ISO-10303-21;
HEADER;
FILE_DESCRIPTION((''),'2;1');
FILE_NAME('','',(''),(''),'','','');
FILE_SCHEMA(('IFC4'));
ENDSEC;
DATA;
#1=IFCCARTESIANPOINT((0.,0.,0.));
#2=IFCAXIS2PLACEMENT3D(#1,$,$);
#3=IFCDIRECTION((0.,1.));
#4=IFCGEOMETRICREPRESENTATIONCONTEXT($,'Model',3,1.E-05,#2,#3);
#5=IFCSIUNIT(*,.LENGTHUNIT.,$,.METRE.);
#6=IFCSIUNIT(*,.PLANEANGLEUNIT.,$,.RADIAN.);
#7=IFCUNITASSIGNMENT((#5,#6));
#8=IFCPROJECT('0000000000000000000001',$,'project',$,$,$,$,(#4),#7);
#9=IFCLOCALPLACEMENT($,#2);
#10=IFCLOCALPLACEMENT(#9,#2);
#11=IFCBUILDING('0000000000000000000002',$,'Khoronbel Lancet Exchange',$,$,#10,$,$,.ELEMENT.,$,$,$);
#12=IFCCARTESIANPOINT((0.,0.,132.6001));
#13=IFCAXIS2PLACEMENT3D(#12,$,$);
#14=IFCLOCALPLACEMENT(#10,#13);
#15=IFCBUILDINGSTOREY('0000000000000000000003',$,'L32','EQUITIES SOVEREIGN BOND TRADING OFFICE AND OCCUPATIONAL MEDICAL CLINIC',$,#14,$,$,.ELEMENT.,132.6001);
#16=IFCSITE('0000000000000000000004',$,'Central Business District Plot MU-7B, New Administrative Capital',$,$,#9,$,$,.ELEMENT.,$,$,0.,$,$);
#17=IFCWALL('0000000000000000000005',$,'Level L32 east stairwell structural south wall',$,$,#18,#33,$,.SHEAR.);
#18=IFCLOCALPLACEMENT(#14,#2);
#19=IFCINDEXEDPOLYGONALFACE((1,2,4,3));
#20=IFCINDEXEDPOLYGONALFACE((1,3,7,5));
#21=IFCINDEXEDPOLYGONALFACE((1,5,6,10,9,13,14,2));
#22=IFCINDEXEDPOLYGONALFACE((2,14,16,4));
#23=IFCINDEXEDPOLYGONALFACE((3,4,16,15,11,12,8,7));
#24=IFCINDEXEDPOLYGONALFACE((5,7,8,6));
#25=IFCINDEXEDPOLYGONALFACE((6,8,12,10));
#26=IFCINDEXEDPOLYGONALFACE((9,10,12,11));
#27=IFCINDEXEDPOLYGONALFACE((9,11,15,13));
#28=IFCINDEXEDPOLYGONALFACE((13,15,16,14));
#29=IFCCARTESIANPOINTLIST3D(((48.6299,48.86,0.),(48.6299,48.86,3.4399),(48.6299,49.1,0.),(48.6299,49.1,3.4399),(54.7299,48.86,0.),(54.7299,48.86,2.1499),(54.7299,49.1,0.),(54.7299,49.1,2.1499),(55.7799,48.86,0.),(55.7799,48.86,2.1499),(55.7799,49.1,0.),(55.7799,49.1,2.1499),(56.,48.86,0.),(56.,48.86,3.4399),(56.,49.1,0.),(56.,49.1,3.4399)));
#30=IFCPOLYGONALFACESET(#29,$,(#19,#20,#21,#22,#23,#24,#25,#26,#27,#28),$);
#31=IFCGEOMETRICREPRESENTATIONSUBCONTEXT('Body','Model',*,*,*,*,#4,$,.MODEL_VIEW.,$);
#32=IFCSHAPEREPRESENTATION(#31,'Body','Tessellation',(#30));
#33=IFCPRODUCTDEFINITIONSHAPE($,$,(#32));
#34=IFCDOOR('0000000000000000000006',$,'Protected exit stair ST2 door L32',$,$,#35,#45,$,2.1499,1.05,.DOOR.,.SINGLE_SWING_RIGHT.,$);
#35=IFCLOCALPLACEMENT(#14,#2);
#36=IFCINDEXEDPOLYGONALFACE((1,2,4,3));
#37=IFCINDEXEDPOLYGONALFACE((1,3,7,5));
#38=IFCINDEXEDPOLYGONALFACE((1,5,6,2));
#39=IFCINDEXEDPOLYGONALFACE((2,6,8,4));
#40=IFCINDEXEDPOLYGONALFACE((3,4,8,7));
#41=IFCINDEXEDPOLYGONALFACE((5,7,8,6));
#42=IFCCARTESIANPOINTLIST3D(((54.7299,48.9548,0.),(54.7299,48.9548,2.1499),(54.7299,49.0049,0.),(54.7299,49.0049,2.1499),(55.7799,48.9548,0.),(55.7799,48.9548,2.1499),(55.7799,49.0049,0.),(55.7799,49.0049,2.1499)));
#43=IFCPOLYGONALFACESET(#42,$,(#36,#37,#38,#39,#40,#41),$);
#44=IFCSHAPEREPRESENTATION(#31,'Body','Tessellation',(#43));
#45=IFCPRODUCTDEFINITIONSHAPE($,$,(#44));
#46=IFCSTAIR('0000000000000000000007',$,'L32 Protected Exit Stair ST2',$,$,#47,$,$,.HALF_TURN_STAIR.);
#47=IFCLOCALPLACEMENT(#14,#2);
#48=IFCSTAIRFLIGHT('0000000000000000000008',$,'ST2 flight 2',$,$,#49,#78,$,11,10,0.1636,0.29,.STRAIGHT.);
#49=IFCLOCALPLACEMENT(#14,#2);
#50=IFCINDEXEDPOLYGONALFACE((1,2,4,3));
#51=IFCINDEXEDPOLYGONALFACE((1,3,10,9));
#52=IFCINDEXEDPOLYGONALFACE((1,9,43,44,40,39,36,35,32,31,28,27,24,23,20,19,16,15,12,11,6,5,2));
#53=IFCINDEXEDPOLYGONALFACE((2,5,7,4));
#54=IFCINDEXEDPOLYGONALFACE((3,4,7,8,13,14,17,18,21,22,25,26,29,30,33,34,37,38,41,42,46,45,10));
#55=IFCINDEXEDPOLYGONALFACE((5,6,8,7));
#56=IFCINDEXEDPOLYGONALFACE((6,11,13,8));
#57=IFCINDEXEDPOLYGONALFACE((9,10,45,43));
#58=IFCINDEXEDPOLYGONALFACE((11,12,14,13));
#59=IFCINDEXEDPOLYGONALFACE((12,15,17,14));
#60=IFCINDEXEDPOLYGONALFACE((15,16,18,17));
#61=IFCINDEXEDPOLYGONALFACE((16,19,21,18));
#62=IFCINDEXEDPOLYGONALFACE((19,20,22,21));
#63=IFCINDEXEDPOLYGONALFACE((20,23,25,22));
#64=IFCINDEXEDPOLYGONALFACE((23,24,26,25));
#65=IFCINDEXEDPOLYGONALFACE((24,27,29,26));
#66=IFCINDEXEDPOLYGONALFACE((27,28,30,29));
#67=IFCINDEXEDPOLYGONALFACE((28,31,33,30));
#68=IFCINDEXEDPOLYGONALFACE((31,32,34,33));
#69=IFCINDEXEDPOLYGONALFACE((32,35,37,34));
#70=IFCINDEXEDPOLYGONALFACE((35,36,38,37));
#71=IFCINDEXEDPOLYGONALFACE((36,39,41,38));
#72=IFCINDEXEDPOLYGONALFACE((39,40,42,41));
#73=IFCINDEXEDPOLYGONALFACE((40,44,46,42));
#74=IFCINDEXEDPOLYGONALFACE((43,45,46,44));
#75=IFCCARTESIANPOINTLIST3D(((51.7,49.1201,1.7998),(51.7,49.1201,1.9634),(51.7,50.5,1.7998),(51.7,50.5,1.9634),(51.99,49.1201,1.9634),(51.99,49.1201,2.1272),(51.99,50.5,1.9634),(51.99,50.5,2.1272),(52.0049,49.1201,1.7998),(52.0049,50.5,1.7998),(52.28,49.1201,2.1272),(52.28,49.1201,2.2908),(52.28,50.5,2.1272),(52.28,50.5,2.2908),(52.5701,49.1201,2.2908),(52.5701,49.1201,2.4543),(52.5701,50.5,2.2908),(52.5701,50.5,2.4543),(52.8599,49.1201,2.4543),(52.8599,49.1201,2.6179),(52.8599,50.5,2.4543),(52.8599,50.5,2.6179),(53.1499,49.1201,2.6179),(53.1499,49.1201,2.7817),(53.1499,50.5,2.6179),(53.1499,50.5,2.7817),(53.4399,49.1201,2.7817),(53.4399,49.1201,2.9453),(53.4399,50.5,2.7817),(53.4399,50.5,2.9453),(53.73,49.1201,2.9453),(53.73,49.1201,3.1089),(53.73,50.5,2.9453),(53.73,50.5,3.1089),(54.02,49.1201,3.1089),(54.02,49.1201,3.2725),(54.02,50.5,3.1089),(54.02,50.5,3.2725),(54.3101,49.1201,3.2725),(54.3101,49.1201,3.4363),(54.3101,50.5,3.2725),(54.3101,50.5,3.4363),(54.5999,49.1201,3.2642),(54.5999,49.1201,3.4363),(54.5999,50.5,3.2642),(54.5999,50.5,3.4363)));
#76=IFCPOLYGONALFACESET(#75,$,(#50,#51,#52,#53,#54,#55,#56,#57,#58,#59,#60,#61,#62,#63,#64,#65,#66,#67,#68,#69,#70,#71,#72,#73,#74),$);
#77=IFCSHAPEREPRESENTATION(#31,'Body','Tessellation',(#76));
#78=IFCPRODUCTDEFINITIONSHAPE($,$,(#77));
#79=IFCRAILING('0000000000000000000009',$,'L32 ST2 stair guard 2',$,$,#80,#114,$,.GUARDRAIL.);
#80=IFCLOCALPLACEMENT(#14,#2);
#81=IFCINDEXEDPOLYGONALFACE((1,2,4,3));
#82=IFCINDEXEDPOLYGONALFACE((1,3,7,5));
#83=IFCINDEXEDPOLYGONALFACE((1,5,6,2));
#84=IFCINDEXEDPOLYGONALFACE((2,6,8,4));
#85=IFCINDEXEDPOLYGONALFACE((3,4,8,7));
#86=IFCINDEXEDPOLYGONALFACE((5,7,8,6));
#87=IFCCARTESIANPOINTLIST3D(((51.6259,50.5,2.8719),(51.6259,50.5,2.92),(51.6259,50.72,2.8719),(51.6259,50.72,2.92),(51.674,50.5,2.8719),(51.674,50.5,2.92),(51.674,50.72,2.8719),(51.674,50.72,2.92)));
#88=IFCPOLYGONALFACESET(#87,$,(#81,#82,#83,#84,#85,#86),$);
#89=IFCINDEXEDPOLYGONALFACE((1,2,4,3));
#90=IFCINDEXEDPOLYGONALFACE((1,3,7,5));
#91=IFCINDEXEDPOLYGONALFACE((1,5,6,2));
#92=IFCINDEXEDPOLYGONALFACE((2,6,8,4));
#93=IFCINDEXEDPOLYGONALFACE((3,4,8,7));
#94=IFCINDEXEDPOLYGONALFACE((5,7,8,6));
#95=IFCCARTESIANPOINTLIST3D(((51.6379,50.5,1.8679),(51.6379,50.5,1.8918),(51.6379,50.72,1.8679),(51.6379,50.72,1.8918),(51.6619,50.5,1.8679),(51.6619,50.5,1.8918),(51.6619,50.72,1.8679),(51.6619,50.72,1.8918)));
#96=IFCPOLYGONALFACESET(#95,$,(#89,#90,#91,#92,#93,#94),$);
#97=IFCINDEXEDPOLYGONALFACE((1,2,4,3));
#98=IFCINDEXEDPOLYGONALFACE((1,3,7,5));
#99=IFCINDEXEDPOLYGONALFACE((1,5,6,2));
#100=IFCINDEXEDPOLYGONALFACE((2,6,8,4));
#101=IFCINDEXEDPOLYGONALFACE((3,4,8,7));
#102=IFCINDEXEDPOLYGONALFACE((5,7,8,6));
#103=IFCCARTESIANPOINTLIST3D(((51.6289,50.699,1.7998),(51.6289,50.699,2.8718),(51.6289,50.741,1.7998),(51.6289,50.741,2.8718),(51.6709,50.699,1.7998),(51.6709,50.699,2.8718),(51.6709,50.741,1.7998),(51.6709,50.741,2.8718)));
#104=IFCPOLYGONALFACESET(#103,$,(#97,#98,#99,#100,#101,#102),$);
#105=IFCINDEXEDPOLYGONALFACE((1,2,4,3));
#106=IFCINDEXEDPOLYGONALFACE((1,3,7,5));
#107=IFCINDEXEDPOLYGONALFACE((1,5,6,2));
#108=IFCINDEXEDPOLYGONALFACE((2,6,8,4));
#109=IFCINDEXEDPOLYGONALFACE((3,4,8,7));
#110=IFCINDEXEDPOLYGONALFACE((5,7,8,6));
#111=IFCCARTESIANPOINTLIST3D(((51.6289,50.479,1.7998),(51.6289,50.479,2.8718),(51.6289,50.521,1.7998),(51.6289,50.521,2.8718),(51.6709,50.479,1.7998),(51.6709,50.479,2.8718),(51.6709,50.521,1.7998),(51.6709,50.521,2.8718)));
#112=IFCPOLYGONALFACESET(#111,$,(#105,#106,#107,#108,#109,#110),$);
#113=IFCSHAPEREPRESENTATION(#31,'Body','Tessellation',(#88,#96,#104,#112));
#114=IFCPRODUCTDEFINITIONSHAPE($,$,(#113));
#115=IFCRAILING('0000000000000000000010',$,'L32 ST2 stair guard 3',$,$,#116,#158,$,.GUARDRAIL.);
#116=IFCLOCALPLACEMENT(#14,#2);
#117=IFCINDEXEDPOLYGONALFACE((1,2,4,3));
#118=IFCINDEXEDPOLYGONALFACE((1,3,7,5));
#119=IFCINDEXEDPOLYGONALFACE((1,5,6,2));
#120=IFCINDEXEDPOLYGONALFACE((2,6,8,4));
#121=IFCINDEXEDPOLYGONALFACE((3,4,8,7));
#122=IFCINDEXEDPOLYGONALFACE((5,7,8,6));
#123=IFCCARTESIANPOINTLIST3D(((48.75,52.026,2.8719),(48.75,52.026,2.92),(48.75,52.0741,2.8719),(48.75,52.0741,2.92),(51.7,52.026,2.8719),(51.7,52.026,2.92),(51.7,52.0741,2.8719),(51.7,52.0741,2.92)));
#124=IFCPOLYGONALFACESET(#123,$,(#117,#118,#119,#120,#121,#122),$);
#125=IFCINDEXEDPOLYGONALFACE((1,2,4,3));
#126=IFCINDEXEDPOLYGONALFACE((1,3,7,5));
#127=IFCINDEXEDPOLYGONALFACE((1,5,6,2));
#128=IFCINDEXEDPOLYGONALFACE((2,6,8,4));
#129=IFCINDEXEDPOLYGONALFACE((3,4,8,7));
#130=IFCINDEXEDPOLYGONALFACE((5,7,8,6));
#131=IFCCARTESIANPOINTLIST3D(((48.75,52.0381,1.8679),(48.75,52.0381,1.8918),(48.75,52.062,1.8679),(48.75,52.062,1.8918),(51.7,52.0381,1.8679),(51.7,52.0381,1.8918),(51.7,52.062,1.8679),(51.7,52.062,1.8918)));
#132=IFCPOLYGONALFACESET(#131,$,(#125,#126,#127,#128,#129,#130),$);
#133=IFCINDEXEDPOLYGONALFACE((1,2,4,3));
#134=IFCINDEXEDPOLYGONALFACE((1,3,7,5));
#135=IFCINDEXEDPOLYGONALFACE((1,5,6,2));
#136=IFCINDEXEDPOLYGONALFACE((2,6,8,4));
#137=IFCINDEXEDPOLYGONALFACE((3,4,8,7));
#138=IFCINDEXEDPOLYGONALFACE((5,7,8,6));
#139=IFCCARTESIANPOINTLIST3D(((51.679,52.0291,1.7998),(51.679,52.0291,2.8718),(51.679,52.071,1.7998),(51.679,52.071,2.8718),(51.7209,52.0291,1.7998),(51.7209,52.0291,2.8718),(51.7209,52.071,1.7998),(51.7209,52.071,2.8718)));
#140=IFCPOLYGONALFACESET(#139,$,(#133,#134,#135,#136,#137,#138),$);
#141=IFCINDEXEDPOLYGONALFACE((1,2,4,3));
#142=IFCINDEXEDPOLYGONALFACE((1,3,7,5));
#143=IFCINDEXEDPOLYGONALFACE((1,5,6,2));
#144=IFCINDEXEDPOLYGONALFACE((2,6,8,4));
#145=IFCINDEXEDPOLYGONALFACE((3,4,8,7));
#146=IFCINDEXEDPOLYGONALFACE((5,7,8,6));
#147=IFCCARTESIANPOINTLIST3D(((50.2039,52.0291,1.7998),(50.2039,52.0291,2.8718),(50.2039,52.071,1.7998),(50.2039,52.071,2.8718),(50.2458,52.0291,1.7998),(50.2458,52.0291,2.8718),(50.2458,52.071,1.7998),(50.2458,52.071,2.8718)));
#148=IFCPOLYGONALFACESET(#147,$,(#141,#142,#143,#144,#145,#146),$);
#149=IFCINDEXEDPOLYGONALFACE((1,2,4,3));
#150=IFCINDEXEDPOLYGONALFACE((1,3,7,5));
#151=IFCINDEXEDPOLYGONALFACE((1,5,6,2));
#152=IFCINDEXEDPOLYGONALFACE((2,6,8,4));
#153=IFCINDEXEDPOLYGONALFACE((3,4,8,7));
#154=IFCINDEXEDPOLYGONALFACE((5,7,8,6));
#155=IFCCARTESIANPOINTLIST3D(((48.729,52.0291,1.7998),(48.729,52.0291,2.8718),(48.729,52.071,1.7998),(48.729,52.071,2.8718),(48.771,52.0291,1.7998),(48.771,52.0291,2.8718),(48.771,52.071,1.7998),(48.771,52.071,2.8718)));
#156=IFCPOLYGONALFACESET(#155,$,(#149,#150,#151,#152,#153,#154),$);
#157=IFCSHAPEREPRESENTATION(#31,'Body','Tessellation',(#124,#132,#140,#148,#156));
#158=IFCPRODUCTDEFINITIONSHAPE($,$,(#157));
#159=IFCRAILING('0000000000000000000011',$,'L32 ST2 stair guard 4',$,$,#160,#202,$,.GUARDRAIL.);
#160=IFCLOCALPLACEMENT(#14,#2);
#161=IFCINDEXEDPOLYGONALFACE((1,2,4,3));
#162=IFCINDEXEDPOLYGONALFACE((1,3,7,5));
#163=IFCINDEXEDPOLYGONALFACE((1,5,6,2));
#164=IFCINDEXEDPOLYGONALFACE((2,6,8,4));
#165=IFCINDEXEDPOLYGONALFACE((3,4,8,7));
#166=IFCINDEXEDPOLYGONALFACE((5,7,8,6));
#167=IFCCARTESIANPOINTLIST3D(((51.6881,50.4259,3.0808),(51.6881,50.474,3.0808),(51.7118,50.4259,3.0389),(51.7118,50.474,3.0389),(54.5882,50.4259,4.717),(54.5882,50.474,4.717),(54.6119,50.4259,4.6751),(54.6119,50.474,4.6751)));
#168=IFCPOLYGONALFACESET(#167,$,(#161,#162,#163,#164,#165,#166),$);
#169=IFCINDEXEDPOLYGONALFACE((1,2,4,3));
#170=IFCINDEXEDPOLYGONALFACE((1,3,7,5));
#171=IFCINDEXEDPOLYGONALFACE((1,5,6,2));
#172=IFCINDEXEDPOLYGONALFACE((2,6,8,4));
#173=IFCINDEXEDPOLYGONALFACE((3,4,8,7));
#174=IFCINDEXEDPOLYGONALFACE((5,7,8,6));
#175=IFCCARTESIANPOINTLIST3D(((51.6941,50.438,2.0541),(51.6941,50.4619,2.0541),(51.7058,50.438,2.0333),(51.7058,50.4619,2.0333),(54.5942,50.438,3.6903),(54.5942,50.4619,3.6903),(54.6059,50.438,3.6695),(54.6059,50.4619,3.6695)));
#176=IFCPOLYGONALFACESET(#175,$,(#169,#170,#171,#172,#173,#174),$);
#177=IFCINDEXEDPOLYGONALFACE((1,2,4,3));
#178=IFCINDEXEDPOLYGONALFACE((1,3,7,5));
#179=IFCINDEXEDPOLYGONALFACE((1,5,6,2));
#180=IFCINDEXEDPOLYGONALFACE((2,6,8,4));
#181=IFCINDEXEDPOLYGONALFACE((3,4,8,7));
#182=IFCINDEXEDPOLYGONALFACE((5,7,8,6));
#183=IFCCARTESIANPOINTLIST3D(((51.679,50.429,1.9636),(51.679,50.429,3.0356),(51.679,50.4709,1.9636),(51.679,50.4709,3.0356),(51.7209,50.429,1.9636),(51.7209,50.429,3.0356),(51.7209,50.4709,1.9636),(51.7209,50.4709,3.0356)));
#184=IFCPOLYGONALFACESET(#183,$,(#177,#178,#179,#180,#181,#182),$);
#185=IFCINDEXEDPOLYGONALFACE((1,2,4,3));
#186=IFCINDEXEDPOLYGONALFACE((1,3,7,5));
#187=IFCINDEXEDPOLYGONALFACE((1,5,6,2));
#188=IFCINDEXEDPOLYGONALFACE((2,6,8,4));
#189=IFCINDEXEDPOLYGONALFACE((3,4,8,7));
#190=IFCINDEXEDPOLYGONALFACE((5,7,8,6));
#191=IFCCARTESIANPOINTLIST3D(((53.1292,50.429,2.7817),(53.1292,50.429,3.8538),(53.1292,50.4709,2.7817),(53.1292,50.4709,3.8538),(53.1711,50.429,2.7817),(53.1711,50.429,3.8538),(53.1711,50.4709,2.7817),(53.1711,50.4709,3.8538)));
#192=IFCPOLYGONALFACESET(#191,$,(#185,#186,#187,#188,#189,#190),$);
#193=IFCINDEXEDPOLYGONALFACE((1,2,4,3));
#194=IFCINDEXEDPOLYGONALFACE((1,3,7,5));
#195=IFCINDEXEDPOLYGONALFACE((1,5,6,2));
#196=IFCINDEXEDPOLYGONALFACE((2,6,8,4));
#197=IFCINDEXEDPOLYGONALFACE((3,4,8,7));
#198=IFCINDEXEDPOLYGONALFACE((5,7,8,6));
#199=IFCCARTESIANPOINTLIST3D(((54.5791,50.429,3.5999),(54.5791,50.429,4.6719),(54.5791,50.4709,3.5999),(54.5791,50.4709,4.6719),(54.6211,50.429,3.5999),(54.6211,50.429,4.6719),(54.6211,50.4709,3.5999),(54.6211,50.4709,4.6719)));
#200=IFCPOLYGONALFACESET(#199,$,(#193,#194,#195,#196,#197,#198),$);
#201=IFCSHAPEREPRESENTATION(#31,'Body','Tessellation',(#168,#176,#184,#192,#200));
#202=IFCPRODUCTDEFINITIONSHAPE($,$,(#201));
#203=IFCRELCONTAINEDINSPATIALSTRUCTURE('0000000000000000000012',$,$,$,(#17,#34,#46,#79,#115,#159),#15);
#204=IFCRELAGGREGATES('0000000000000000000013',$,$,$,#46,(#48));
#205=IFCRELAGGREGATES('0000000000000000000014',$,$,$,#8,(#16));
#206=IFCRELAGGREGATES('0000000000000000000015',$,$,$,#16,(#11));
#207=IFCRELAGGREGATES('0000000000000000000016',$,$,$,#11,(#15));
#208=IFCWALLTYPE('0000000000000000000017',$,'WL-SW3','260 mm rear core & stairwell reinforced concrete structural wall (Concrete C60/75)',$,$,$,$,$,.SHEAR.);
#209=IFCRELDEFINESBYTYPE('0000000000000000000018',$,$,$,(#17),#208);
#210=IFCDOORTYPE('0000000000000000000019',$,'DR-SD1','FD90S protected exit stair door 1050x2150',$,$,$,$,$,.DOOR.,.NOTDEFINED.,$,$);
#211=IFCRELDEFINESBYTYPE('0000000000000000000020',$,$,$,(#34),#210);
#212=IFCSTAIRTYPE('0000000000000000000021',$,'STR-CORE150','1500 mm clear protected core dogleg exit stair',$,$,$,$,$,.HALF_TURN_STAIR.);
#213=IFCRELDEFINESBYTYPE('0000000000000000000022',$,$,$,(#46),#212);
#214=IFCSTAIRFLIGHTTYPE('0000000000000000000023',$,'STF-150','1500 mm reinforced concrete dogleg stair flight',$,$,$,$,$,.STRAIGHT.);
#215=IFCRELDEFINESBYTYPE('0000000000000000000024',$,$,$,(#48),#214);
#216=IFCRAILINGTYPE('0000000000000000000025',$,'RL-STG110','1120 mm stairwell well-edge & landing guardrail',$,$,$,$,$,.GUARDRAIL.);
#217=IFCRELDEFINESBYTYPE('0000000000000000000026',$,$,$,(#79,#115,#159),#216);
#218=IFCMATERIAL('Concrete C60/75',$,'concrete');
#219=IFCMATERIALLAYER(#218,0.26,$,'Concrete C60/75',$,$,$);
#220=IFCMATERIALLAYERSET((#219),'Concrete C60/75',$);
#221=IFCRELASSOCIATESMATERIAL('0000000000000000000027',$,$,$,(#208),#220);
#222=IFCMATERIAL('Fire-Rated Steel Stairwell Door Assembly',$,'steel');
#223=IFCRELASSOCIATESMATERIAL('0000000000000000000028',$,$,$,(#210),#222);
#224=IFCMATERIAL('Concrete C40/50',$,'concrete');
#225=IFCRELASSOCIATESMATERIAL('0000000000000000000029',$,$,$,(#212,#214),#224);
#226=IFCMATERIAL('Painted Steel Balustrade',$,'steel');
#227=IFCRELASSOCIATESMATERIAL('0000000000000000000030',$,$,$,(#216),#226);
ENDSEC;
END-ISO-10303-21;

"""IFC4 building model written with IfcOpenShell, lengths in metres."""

from ifc_helpers import new_model, si_unit, direction, frame, frame_2d, origin, origin_2d, place, context, subcontext, project, spatial, polyline, rectangle, outline, extrude, material, layer, layer_set, type_object, element, fill, aggregate, save


model = new_model("IFC4")

# Units and contexts
model_context = context("Model", 3, precision=1e-05, world=origin(), true_north=direction((0.0, 1.0)))
body_context = subcontext(model_context, "Body", "Model", "MODEL_VIEW")
ifc_project = project(units=[si_unit("LENGTHUNIT", "METRE"), si_unit("PLANEANGLEUNIT", "RADIAN")], contexts=[model_context])

# Site, building, storey
site_placement = place(None, origin())
site = spatial("IfcSite", under=ifc_project, at=site_placement, Name="Central Business District Plot MU-7B, New Administrative Capital", CompositionType="ELEMENT", RefElevation=0.0)
building_placement = place(site_placement, origin())
building = spatial("IfcBuilding", under=site, at=building_placement, Name="Khoronbel Lancet Exchange", CompositionType="ELEMENT")
storey_placement = place(building_placement, frame((0.0, 0.0, 132.6001)))
storey = spatial("IfcBuildingStorey", under=building, at=storey_placement, Name="L32", Description="EQUITIES SOVEREIGN BOND TRADING OFFICE AND OCCUPATIONAL MEDICAL CLINIC", CompositionType="ELEMENT", Elevation=132.6001)

# Wall, opening, door
ifc_material_1 = material(Name="Concrete C60/75", Category="concrete")
ifc_layer_1 = layer(ifc_material_1, 0.26, Name="Concrete C60/75")
ifc_layer_set_1 = layer_set([ifc_layer_1], Name="Concrete C60/75")
wall_type_1 = type_object("IfcWallType", Name="WL-SW3", Description="260 mm rear core & stairwell reinforced concrete structural wall (Concrete C60/75)", PredefinedType="SHEAR", material=ifc_layer_set_1)
wall_1_placement = place(storey_placement, frame((48.6299, 48.98, 0.0), z_axis=(0.0, 0.0, 1.0), x_axis=(1.0, 0.0, 0.0)))
wall_1 = element("IfcWall", 1, at=wall_1_placement, inside=storey, type_object=wall_type_1, Name="Level L32 east stairwell structural south wall", PredefinedType="SHEAR", context=body_context, shape_type="SweptSolid", body=[
    extrude(rectangle(XDim=7.3701, YDim=0.24, at=frame_2d((3.6851, 0.0))), origin(), (0.0, 0.0, 1.0), 3.4399),
])
opening_1_placement = place(wall_1_placement, frame((6.1001, 0.0, 0.0)))
opening_1 = element("IfcOpeningElement", 2, at=opening_1_placement, cuts=wall_1, PredefinedType="OPENING", context=body_context, shape_type="SweptSolid", body=[
    extrude(rectangle(XDim=1.05, YDim=2.1499, at=frame_2d((0.5249, 1.075))), frame((0.0, 0.1299, 0.0), z_axis=(0.0, -1.0, 0.0), x_axis=(1.0, 0.0, 0.0)), (0.0, 0.0, 1.0), 0.26),
])
ifc_material_2 = material(Name="Fire-Rated Steel Stairwell Door Assembly", Category="steel")
door_type_1 = type_object("IfcDoorType", Name="DR-SD1", Description="FD90S protected exit stair door 1050x2150", OperationType="NOTDEFINED", PredefinedType="DOOR", material=ifc_material_2)
door_1_placement = place(opening_1_placement, origin())
door_1 = element("IfcDoor", 3, at=door_1_placement, inside=storey, type_object=door_type_1, Name="Protected exit stair ST2 door L32", OperationType="SINGLE_SWING_RIGHT", OverallHeight=2.1499, OverallWidth=1.05, PredefinedType="DOOR", context=body_context, shape_type="SweptSolid", body=[
    extrude(rectangle(XDim=1.05, YDim=2.1499, at=frame_2d((0.5249, 1.075))), frame((0.0, 0.0249, 0.0), z_axis=(0.0, -1.0, 0.0), x_axis=(1.0, 0.0, 0.0)), (0.0, 0.0, 1.0), 0.05),
])
fill(opening_1, door_1)

# Stair, stair flight
ifc_material_3 = material(Name="Concrete C40/50", Category="concrete")
stair_type = type_object("IfcStairType", Name="STR-CORE150", Description="1500 mm clear protected core dogleg exit stair", PredefinedType="HALF_TURN_STAIR", material=ifc_material_3)
stair_placement = place(storey_placement, origin())
stair = element("IfcStair", 4, at=stair_placement, inside=storey, type_object=stair_type, Name="L32 Protected Exit Stair ST2", PredefinedType="HALF_TURN_STAIR")
stair_flight_type = type_object("IfcStairFlightType", Name="STF-150", Description="1500 mm reinforced concrete dogleg stair flight", PredefinedType="STRAIGHT", material=ifc_material_3)
stair_flight_placement = place(storey_placement, frame((51.7, 49.8101, 1.7998), z_axis=(0.0, 0.0, 1.0), x_axis=(1.0, 0.0, 0.0)))
stair_flight = element("IfcStairFlight", 5, at=stair_flight_placement, type_object=stair_flight_type, Name="ST2 flight 2", NumberOfRisers=11, NumberOfTreads=10, PredefinedType="STRAIGHT", RiserHeight=0.1636, TreadLength=0.29, context=body_context, shape_type="SweptSolid", body=[
    extrude(outline(polyline([(0.0, 0.0), (0.0, 0.1636), (0.29, 0.1636), (0.29, 0.3274), (0.5801, 0.3274), (0.5801, 0.491), (0.8701, 0.491), (0.8701, 0.6545), (1.1599, 0.6545), (1.1599, 0.8181), (1.45, 0.8181), (1.45, 0.9819), (1.74, 0.9819), (1.74, 1.1455), (2.03, 1.1455), (2.03, 1.3091), (2.3201, 1.3091), (2.3201, 1.4727), (2.6101, 1.4727), (2.6101, 1.6365), (2.8999, 1.6365), (2.8999, 1.8), (2.8999, 1.4644), (0.3049, 0.0), (0.0, 0.0)])), frame((0.0, 0.6899, 0.0), z_axis=(0.0, -1.0, 0.0), x_axis=(1.0, 0.0, 0.0)), (0.0, 0.0, 1.0), 1.3799),
])
aggregate(stair, [stair_flight])

# Railings
ifc_material_4 = material(Name="Painted Steel Balustrade", Category="steel")
railing_type_1 = type_object("IfcRailingType", Name="RL-STG110", Description="1120 mm stairwell well-edge & landing guardrail", PredefinedType="GUARDRAIL", material=ifc_material_4)
railing_1_placement = place(storey_placement, frame((51.6499, 50.72, 1.7998)))
element("IfcRailing", 6, at=railing_1_placement, inside=storey, type_object=railing_type_1, Name="L32 ST2 stair guard 2", PredefinedType="GUARDRAIL", context=body_context, shape_type="SweptSolid", body=[
    extrude(rectangle(XDim=0.0481, YDim=0.0481, at=origin_2d()), frame((0.0, 0.0, 1.0962), z_axis=(0.0, -1.0, 0.0), x_axis=(1.0, 0.0, 0.0)), (0.0, 0.0, 1.0), 0.22),
    extrude(rectangle(XDim=0.0239, YDim=0.0239, at=origin_2d()), frame((0.0, 0.0, 0.0801), z_axis=(0.0, -1.0, 0.0), x_axis=(1.0, 0.0, 0.0)), (0.0, 0.0, 1.0), 0.22),
    extrude(rectangle(XDim=0.042, YDim=0.042, at=origin_2d()), origin(), (0.0, 0.0, 1.0), 1.072),
    extrude(rectangle(XDim=0.042, YDim=0.042, at=origin_2d()), frame((0.0, -0.22, 0.0)), (0.0, 0.0, 1.0), 1.072),
])
railing_2_placement = place(storey_placement, frame((51.7, 52.05, 1.7998)))
element("IfcRailing", 7, at=railing_2_placement, inside=storey, type_object=railing_type_1, Name="L32 ST2 stair guard 3", PredefinedType="GUARDRAIL", context=body_context, shape_type="SweptSolid", body=[
    extrude(rectangle(XDim=0.0481, YDim=0.0481, at=origin_2d()), frame((0.0, 0.0, 1.0962), z_axis=(-1.0, 0.0, 0.0), x_axis=(0.0, -1.0, 0.0)), (0.0, 0.0, 1.0), 2.95),
    extrude(rectangle(XDim=0.0239, YDim=0.0239, at=origin_2d()), frame((0.0, 0.0, 0.0801), z_axis=(-1.0, 0.0, 0.0), x_axis=(0.0, -1.0, 0.0)), (0.0, 0.0, 1.0), 2.95),
    extrude(rectangle(XDim=0.042, YDim=0.042, at=origin_2d()), origin(), (0.0, 0.0, 1.0), 1.072),
    extrude(rectangle(XDim=0.042, YDim=0.042, at=origin_2d()), frame((-1.4751, 0.0, 0.0)), (0.0, 0.0, 1.0), 1.072),
    extrude(rectangle(XDim=0.042, YDim=0.042, at=origin_2d()), frame((-2.95, 0.0, 0.0)), (0.0, 0.0, 1.0), 1.072),
])
railing_3_placement = place(storey_placement, frame((51.7, 50.45, 1.9636)))
element("IfcRailing", 8, at=railing_3_placement, inside=storey, type_object=railing_type_1, Name="L32 ST2 stair guard 4", PredefinedType="GUARDRAIL", context=body_context, shape_type="SweptSolid", body=[
    extrude(rectangle(XDim=0.0481, YDim=0.0481, at=origin_2d()), frame((0.0, 0.0, 1.0962), z_axis=(0.870946, 0.0, 0.491378), x_axis=(0.0, 1.0, 0.0)), (0.0, 0.0, 1.0), 3.3298),
    extrude(rectangle(XDim=0.0239, YDim=0.0239, at=origin_2d()), frame((0.0, 0.0, 0.0801), z_axis=(0.870946, 0.0, 0.491378), x_axis=(0.0, 1.0, 0.0)), (0.0, 0.0, 1.0), 3.3298),
    extrude(rectangle(XDim=0.042, YDim=0.042, at=origin_2d()), origin(), (0.0, 0.0, 1.0), 1.072),
    extrude(rectangle(XDim=0.042, YDim=0.042, at=origin_2d()), frame((1.4502, 0.0, 0.8181)), (0.0, 0.0, 1.0), 1.072),
    extrude(rectangle(XDim=0.042, YDim=0.042, at=origin_2d()), frame((2.9001, 0.0, 1.6362)), (0.0, 0.0, 1.0), 1.072),
])

save(model, "model.ifc")
